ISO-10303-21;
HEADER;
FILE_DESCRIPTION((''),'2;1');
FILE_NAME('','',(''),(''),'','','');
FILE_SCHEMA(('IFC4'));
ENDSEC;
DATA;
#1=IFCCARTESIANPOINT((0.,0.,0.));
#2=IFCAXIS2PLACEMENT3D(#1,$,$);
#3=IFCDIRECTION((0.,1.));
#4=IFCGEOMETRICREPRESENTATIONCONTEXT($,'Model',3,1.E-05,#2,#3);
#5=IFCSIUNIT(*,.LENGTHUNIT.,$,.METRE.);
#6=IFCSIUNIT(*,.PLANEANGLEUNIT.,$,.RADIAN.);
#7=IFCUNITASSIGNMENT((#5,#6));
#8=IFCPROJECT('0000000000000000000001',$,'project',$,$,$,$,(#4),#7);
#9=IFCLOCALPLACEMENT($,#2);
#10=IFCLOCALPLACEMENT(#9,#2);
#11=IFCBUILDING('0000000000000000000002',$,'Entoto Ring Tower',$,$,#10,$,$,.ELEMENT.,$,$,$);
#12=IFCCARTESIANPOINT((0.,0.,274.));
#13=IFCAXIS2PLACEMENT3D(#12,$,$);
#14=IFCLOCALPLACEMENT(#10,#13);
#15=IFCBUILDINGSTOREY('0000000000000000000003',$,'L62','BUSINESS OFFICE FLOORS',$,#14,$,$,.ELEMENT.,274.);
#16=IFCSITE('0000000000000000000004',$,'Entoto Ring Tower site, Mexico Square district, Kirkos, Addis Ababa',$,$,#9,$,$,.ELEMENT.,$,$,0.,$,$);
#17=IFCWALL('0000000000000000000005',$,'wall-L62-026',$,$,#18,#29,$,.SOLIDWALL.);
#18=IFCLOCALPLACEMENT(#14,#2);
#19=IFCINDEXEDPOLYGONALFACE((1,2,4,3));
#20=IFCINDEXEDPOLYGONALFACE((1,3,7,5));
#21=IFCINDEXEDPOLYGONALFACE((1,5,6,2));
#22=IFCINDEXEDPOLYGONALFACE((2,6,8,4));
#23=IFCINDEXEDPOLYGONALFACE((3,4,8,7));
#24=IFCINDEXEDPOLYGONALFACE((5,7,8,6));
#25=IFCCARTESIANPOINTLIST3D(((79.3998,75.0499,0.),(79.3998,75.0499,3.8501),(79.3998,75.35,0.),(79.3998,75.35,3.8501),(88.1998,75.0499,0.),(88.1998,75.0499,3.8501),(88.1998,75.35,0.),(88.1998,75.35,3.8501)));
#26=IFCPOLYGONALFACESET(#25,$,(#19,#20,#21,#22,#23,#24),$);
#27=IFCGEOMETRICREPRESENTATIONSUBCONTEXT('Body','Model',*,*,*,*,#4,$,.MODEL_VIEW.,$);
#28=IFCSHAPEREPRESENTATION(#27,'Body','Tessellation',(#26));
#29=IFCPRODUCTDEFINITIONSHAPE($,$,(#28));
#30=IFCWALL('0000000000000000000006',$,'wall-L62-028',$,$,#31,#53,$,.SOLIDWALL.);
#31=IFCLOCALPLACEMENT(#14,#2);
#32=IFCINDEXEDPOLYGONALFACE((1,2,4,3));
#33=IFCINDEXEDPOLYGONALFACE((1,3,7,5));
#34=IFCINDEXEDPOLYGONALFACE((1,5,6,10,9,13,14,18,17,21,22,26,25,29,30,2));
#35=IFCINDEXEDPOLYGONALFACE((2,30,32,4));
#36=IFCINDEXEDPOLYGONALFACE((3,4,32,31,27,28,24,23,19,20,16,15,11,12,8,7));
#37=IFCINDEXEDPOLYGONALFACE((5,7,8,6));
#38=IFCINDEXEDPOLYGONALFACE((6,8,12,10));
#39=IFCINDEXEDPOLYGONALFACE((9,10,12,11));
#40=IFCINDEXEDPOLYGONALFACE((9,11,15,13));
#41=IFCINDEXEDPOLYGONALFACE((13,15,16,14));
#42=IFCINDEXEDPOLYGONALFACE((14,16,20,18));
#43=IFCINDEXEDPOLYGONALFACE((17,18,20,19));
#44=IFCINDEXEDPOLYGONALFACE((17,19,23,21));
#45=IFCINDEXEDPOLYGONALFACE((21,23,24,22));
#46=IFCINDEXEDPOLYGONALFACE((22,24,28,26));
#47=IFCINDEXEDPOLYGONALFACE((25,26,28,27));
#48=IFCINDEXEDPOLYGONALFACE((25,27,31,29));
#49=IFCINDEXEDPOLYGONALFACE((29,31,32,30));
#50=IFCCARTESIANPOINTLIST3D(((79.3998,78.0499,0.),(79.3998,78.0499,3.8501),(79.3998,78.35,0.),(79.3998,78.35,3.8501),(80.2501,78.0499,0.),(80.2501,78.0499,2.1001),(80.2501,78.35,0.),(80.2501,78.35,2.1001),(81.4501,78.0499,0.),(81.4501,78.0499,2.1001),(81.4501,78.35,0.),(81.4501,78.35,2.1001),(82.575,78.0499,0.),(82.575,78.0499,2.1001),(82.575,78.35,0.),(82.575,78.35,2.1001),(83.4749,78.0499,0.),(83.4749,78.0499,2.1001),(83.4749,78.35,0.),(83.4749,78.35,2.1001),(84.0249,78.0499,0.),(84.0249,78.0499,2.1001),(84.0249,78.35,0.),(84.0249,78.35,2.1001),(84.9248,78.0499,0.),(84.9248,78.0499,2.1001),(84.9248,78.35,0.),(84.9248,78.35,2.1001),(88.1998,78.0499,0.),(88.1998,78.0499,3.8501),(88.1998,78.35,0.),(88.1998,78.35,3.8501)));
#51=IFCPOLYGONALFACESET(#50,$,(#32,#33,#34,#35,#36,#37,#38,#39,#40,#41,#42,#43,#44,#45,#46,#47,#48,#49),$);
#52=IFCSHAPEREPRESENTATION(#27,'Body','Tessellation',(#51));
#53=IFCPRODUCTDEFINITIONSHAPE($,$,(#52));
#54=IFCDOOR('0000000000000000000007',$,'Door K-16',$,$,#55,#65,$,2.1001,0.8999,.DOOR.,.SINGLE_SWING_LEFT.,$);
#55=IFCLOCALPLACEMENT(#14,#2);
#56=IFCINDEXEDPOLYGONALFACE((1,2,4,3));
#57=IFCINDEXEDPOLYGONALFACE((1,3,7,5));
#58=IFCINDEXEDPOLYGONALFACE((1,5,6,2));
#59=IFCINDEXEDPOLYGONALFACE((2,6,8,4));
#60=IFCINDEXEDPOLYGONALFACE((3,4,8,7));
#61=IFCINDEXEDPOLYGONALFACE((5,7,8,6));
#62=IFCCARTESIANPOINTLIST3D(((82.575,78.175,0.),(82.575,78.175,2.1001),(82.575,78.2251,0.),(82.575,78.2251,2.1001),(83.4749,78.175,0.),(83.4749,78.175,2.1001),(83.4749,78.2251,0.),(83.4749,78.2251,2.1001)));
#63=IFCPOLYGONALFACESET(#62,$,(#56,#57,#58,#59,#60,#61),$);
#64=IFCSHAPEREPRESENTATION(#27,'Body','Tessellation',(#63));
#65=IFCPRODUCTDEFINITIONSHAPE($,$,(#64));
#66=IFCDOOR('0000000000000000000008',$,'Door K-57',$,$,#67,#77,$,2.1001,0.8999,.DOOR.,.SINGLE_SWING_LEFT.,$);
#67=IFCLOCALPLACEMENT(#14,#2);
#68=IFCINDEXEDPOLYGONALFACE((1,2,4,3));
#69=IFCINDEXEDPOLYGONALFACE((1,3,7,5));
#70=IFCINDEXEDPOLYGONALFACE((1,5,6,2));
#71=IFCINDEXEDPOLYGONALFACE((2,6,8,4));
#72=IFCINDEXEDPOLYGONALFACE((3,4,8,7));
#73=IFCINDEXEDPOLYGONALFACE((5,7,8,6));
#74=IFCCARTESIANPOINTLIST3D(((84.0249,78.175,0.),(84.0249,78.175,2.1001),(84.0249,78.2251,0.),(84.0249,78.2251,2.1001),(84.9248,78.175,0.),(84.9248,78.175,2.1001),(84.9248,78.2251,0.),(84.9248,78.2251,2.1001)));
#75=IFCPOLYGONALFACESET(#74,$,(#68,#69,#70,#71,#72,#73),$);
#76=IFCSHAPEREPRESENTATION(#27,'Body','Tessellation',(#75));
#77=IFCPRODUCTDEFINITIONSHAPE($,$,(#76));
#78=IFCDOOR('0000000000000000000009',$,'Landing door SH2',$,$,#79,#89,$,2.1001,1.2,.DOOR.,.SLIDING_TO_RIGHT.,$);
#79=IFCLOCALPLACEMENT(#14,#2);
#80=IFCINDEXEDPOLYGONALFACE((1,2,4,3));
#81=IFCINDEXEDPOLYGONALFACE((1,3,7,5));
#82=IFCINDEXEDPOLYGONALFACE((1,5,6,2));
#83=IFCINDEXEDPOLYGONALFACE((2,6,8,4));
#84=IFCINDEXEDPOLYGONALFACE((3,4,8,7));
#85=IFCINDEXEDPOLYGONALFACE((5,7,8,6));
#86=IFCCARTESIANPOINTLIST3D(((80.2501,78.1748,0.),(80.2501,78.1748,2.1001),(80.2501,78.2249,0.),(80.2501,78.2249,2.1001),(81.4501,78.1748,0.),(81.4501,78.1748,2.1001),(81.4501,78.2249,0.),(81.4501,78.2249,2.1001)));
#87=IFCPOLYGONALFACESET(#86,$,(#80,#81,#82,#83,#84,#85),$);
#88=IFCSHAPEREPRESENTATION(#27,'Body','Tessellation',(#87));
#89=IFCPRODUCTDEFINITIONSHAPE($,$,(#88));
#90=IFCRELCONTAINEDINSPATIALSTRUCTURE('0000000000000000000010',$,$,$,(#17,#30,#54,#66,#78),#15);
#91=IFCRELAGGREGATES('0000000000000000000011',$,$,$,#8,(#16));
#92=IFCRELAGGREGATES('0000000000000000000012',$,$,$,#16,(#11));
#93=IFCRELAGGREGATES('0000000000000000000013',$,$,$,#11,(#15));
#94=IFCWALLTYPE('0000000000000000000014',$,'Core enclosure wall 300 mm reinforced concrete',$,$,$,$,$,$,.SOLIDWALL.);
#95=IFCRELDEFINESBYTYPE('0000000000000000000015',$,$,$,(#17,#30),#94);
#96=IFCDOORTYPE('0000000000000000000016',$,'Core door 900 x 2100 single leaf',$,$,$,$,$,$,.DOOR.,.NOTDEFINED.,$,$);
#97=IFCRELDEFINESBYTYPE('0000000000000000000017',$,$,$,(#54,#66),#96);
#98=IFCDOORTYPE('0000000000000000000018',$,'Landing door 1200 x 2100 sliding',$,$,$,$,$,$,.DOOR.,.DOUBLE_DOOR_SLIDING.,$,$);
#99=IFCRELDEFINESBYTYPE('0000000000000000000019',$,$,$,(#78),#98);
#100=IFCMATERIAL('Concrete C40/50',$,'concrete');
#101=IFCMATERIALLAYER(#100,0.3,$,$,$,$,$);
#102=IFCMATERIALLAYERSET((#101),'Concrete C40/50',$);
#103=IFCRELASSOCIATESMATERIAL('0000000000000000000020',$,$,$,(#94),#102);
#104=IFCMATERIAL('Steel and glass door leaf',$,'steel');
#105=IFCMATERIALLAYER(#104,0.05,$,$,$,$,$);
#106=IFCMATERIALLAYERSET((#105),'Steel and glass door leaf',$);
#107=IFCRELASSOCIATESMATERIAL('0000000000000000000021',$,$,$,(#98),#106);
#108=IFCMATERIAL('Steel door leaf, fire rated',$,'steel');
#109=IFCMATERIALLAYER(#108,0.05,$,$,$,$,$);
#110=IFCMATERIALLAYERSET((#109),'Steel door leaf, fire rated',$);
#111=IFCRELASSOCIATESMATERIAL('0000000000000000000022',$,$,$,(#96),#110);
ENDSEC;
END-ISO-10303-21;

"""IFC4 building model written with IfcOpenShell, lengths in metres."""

from ifc_helpers import new_model, si_unit, direction, frame, frame_2d, origin, place, context, subcontext, project, spatial, rectangle, extrude, material, layer, layer_set, type_object, element, fill, save


model = new_model("IFC4")

# Units and contexts
model_context = context("Model", 3, precision=1e-05, world=origin(), true_north=direction((0.0, 1.0)))
body_context = subcontext(model_context, "Body", "Model", "MODEL_VIEW")
ifc_project = project(units=[si_unit("LENGTHUNIT", "METRE"), si_unit("PLANEANGLEUNIT", "RADIAN")], contexts=[model_context])

# Site, building, storey
site_placement = place(None, origin())
site = spatial("IfcSite", under=ifc_project, at=site_placement, Name="Entoto Ring Tower site, Mexico Square district, Kirkos, Addis Ababa", CompositionType="ELEMENT", RefElevation=0.0)
building_placement = place(site_placement, origin())
building = spatial("IfcBuilding", under=site, at=building_placement, Name="Entoto Ring Tower", CompositionType="ELEMENT")
storey_placement = place(building_placement, frame((0.0, 0.0, 274.0)))
storey = spatial("IfcBuildingStorey", under=building, at=storey_placement, Name="L62", Description="BUSINESS OFFICE FLOORS", CompositionType="ELEMENT", Elevation=274.0)

# Shared definitions
ifc_material_1 = material(Name="Concrete C40/50", Category="concrete")
ifc_layer_1 = layer(ifc_material_1, 0.3)
ifc_layer_set_1 = layer_set([ifc_layer_1], Name="Concrete C40/50")
wall_type_1 = type_object("IfcWallType", Name="Core enclosure wall 300 mm reinforced concrete", PredefinedType="SOLIDWALL", material=ifc_layer_set_1)
ifc_material_2 = material(Name="Steel and glass door leaf", Category="steel")
ifc_layer_2 = layer(ifc_material_2, 0.05)
ifc_layer_set_2 = layer_set([ifc_layer_2], Name="Steel and glass door leaf")
door_type_1 = type_object("IfcDoorType", Name="Landing door 1200 x 2100 sliding", OperationType="DOUBLE_DOOR_SLIDING", PredefinedType="DOOR", material=ifc_layer_set_2)

# Wall
wall_1_placement = place(storey_placement, frame((79.3999, 75.2, 0.0), z_axis=(0.0, 0.0, 1.0), x_axis=(1.0, 0.0, 0.0)))
element("IfcWall", 1, at=wall_1_placement, inside=storey, type_object=wall_type_1, Name="wall-L62-026", PredefinedType="SOLIDWALL", context=body_context, shape_type="SweptSolid", body=[
    extrude(rectangle(XDim=8.8, YDim=0.3, at=frame_2d((4.3999, 0.0))), origin(), (0.0, 0.0, 1.0), 3.8501),
])

# Wall, openings, doors
wall_2_placement = place(storey_placement, frame((79.3999, 78.2, 0.0), z_axis=(0.0, 0.0, 1.0), x_axis=(1.0, 0.0, 0.0)))
wall_2 = element("IfcWall", 2, at=wall_2_placement, inside=storey, type_object=wall_type_1, Name="wall-L62-028", PredefinedType="SOLIDWALL", context=body_context, shape_type="SweptSolid", body=[
    extrude(rectangle(XDim=8.8, YDim=0.3, at=frame_2d((4.3999, 0.0))), origin(), (0.0, 0.0, 1.0), 3.8501),
])
opening_1_placement = place(wall_2_placement, frame((0.8501, 0.0, 0.0)))
opening_1 = element("IfcOpeningElement", 3, at=opening_1_placement, cuts=wall_2, PredefinedType="OPENING", context=body_context, shape_type="SweptSolid", body=[
    extrude(rectangle(XDim=1.2, YDim=2.1001, at=frame_2d((0.6001, 1.05))), frame((0.0, 0.1602, 0.0), z_axis=(0.0, -1.0, 0.0), x_axis=(1.0, 0.0, 0.0)), (0.0, 0.0, 1.0), 0.3201),
])
opening_2_placement = place(wall_2_placement, frame((3.175, 0.0, 0.0)))
opening_2 = element("IfcOpeningElement", 4, at=opening_2_placement, cuts=wall_2, PredefinedType="OPENING", context=body_context, shape_type="SweptSolid", body=[
    extrude(rectangle(XDim=0.8999, YDim=2.1001, at=frame_2d((0.45, 1.05))), frame((0.0, 0.1602, 0.0), z_axis=(0.0, -1.0, 0.0), x_axis=(1.0, 0.0, 0.0)), (0.0, 0.0, 1.0), 0.3201),
])
opening_3_placement = place(wall_2_placement, frame((4.625, 0.0, 0.0)))
opening_3 = element("IfcOpeningElement", 5, at=opening_3_placement, cuts=wall_2, PredefinedType="OPENING", context=body_context, shape_type="SweptSolid", body=[
    extrude(rectangle(XDim=0.8999, YDim=2.1001, at=frame_2d((0.45, 1.05))), frame((0.0, 0.1602, 0.0), z_axis=(0.0, -1.0, 0.0), x_axis=(1.0, 0.0, 0.0)), (0.0, 0.0, 1.0), 0.3201),
])
ifc_material_3 = material(Name="Steel door leaf, fire rated", Category="steel")
ifc_layer_3 = layer(ifc_material_3, 0.05)
ifc_layer_set_3 = layer_set([ifc_layer_3], Name="Steel door leaf, fire rated")
door_type_2 = type_object("IfcDoorType", Name="Core door 900 x 2100 single leaf", OperationType="NOTDEFINED", PredefinedType="DOOR", material=ifc_layer_set_3)
door_1_placement = place(opening_2_placement, frame((0.8999, 0.0, 0.0), z_axis=(0.0, 0.0, 1.0), x_axis=(-1.0, 0.0, 0.0)))
door_1 = element("IfcDoor", 6, at=door_1_placement, inside=storey, type_object=door_type_2, Name="Door K-16", OperationType="SINGLE_SWING_LEFT", OverallHeight=2.1001, OverallWidth=0.8999, PredefinedType="DOOR", context=body_context, shape_type="SweptSolid", body=[
    extrude(rectangle(XDim=0.8999, YDim=2.1001, at=frame_2d((0.45, 1.05))), frame((0.0, 0.0249, 0.0), z_axis=(0.0, -1.0, 0.0), x_axis=(1.0, 0.0, 0.0)), (0.0, 0.0, 1.0), 0.05),
])
fill(opening_2, door_1)
door_2_placement = place(opening_3_placement, frame((0.8999, 0.0, 0.0), z_axis=(0.0, 0.0, 1.0), x_axis=(-1.0, 0.0, 0.0)))
door_2 = element("IfcDoor", 7, at=door_2_placement, inside=storey, type_object=door_type_2, Name="Door K-57", OperationType="SINGLE_SWING_LEFT", OverallHeight=2.1001, OverallWidth=0.8999, PredefinedType="DOOR", context=body_context, shape_type="SweptSolid", body=[
    extrude(rectangle(XDim=0.8999, YDim=2.1001, at=frame_2d((0.45, 1.05))), frame((0.0, 0.0249, 0.0), z_axis=(0.0, -1.0, 0.0), x_axis=(1.0, 0.0, 0.0)), (0.0, 0.0, 1.0), 0.05),
])
fill(opening_3, door_2)
door_3_placement = place(opening_1_placement, origin())
door_3 = element("IfcDoor", 8, at=door_3_placement, inside=storey, type_object=door_type_1, Name="Landing door SH2", OperationType="SLIDING_TO_RIGHT", OverallHeight=2.1001, OverallWidth=1.2, PredefinedType="DOOR", context=body_context, shape_type="SweptSolid", body=[
    extrude(rectangle(XDim=1.2, YDim=2.1001, at=frame_2d((0.6001, 1.05))), frame((0.0, 0.0249, 0.0), z_axis=(0.0, -1.0, 0.0), x_axis=(1.0, 0.0, 0.0)), (0.0, 0.0, 1.0), 0.05),
])
fill(opening_1, door_3)

save(model, "model.ifc")
